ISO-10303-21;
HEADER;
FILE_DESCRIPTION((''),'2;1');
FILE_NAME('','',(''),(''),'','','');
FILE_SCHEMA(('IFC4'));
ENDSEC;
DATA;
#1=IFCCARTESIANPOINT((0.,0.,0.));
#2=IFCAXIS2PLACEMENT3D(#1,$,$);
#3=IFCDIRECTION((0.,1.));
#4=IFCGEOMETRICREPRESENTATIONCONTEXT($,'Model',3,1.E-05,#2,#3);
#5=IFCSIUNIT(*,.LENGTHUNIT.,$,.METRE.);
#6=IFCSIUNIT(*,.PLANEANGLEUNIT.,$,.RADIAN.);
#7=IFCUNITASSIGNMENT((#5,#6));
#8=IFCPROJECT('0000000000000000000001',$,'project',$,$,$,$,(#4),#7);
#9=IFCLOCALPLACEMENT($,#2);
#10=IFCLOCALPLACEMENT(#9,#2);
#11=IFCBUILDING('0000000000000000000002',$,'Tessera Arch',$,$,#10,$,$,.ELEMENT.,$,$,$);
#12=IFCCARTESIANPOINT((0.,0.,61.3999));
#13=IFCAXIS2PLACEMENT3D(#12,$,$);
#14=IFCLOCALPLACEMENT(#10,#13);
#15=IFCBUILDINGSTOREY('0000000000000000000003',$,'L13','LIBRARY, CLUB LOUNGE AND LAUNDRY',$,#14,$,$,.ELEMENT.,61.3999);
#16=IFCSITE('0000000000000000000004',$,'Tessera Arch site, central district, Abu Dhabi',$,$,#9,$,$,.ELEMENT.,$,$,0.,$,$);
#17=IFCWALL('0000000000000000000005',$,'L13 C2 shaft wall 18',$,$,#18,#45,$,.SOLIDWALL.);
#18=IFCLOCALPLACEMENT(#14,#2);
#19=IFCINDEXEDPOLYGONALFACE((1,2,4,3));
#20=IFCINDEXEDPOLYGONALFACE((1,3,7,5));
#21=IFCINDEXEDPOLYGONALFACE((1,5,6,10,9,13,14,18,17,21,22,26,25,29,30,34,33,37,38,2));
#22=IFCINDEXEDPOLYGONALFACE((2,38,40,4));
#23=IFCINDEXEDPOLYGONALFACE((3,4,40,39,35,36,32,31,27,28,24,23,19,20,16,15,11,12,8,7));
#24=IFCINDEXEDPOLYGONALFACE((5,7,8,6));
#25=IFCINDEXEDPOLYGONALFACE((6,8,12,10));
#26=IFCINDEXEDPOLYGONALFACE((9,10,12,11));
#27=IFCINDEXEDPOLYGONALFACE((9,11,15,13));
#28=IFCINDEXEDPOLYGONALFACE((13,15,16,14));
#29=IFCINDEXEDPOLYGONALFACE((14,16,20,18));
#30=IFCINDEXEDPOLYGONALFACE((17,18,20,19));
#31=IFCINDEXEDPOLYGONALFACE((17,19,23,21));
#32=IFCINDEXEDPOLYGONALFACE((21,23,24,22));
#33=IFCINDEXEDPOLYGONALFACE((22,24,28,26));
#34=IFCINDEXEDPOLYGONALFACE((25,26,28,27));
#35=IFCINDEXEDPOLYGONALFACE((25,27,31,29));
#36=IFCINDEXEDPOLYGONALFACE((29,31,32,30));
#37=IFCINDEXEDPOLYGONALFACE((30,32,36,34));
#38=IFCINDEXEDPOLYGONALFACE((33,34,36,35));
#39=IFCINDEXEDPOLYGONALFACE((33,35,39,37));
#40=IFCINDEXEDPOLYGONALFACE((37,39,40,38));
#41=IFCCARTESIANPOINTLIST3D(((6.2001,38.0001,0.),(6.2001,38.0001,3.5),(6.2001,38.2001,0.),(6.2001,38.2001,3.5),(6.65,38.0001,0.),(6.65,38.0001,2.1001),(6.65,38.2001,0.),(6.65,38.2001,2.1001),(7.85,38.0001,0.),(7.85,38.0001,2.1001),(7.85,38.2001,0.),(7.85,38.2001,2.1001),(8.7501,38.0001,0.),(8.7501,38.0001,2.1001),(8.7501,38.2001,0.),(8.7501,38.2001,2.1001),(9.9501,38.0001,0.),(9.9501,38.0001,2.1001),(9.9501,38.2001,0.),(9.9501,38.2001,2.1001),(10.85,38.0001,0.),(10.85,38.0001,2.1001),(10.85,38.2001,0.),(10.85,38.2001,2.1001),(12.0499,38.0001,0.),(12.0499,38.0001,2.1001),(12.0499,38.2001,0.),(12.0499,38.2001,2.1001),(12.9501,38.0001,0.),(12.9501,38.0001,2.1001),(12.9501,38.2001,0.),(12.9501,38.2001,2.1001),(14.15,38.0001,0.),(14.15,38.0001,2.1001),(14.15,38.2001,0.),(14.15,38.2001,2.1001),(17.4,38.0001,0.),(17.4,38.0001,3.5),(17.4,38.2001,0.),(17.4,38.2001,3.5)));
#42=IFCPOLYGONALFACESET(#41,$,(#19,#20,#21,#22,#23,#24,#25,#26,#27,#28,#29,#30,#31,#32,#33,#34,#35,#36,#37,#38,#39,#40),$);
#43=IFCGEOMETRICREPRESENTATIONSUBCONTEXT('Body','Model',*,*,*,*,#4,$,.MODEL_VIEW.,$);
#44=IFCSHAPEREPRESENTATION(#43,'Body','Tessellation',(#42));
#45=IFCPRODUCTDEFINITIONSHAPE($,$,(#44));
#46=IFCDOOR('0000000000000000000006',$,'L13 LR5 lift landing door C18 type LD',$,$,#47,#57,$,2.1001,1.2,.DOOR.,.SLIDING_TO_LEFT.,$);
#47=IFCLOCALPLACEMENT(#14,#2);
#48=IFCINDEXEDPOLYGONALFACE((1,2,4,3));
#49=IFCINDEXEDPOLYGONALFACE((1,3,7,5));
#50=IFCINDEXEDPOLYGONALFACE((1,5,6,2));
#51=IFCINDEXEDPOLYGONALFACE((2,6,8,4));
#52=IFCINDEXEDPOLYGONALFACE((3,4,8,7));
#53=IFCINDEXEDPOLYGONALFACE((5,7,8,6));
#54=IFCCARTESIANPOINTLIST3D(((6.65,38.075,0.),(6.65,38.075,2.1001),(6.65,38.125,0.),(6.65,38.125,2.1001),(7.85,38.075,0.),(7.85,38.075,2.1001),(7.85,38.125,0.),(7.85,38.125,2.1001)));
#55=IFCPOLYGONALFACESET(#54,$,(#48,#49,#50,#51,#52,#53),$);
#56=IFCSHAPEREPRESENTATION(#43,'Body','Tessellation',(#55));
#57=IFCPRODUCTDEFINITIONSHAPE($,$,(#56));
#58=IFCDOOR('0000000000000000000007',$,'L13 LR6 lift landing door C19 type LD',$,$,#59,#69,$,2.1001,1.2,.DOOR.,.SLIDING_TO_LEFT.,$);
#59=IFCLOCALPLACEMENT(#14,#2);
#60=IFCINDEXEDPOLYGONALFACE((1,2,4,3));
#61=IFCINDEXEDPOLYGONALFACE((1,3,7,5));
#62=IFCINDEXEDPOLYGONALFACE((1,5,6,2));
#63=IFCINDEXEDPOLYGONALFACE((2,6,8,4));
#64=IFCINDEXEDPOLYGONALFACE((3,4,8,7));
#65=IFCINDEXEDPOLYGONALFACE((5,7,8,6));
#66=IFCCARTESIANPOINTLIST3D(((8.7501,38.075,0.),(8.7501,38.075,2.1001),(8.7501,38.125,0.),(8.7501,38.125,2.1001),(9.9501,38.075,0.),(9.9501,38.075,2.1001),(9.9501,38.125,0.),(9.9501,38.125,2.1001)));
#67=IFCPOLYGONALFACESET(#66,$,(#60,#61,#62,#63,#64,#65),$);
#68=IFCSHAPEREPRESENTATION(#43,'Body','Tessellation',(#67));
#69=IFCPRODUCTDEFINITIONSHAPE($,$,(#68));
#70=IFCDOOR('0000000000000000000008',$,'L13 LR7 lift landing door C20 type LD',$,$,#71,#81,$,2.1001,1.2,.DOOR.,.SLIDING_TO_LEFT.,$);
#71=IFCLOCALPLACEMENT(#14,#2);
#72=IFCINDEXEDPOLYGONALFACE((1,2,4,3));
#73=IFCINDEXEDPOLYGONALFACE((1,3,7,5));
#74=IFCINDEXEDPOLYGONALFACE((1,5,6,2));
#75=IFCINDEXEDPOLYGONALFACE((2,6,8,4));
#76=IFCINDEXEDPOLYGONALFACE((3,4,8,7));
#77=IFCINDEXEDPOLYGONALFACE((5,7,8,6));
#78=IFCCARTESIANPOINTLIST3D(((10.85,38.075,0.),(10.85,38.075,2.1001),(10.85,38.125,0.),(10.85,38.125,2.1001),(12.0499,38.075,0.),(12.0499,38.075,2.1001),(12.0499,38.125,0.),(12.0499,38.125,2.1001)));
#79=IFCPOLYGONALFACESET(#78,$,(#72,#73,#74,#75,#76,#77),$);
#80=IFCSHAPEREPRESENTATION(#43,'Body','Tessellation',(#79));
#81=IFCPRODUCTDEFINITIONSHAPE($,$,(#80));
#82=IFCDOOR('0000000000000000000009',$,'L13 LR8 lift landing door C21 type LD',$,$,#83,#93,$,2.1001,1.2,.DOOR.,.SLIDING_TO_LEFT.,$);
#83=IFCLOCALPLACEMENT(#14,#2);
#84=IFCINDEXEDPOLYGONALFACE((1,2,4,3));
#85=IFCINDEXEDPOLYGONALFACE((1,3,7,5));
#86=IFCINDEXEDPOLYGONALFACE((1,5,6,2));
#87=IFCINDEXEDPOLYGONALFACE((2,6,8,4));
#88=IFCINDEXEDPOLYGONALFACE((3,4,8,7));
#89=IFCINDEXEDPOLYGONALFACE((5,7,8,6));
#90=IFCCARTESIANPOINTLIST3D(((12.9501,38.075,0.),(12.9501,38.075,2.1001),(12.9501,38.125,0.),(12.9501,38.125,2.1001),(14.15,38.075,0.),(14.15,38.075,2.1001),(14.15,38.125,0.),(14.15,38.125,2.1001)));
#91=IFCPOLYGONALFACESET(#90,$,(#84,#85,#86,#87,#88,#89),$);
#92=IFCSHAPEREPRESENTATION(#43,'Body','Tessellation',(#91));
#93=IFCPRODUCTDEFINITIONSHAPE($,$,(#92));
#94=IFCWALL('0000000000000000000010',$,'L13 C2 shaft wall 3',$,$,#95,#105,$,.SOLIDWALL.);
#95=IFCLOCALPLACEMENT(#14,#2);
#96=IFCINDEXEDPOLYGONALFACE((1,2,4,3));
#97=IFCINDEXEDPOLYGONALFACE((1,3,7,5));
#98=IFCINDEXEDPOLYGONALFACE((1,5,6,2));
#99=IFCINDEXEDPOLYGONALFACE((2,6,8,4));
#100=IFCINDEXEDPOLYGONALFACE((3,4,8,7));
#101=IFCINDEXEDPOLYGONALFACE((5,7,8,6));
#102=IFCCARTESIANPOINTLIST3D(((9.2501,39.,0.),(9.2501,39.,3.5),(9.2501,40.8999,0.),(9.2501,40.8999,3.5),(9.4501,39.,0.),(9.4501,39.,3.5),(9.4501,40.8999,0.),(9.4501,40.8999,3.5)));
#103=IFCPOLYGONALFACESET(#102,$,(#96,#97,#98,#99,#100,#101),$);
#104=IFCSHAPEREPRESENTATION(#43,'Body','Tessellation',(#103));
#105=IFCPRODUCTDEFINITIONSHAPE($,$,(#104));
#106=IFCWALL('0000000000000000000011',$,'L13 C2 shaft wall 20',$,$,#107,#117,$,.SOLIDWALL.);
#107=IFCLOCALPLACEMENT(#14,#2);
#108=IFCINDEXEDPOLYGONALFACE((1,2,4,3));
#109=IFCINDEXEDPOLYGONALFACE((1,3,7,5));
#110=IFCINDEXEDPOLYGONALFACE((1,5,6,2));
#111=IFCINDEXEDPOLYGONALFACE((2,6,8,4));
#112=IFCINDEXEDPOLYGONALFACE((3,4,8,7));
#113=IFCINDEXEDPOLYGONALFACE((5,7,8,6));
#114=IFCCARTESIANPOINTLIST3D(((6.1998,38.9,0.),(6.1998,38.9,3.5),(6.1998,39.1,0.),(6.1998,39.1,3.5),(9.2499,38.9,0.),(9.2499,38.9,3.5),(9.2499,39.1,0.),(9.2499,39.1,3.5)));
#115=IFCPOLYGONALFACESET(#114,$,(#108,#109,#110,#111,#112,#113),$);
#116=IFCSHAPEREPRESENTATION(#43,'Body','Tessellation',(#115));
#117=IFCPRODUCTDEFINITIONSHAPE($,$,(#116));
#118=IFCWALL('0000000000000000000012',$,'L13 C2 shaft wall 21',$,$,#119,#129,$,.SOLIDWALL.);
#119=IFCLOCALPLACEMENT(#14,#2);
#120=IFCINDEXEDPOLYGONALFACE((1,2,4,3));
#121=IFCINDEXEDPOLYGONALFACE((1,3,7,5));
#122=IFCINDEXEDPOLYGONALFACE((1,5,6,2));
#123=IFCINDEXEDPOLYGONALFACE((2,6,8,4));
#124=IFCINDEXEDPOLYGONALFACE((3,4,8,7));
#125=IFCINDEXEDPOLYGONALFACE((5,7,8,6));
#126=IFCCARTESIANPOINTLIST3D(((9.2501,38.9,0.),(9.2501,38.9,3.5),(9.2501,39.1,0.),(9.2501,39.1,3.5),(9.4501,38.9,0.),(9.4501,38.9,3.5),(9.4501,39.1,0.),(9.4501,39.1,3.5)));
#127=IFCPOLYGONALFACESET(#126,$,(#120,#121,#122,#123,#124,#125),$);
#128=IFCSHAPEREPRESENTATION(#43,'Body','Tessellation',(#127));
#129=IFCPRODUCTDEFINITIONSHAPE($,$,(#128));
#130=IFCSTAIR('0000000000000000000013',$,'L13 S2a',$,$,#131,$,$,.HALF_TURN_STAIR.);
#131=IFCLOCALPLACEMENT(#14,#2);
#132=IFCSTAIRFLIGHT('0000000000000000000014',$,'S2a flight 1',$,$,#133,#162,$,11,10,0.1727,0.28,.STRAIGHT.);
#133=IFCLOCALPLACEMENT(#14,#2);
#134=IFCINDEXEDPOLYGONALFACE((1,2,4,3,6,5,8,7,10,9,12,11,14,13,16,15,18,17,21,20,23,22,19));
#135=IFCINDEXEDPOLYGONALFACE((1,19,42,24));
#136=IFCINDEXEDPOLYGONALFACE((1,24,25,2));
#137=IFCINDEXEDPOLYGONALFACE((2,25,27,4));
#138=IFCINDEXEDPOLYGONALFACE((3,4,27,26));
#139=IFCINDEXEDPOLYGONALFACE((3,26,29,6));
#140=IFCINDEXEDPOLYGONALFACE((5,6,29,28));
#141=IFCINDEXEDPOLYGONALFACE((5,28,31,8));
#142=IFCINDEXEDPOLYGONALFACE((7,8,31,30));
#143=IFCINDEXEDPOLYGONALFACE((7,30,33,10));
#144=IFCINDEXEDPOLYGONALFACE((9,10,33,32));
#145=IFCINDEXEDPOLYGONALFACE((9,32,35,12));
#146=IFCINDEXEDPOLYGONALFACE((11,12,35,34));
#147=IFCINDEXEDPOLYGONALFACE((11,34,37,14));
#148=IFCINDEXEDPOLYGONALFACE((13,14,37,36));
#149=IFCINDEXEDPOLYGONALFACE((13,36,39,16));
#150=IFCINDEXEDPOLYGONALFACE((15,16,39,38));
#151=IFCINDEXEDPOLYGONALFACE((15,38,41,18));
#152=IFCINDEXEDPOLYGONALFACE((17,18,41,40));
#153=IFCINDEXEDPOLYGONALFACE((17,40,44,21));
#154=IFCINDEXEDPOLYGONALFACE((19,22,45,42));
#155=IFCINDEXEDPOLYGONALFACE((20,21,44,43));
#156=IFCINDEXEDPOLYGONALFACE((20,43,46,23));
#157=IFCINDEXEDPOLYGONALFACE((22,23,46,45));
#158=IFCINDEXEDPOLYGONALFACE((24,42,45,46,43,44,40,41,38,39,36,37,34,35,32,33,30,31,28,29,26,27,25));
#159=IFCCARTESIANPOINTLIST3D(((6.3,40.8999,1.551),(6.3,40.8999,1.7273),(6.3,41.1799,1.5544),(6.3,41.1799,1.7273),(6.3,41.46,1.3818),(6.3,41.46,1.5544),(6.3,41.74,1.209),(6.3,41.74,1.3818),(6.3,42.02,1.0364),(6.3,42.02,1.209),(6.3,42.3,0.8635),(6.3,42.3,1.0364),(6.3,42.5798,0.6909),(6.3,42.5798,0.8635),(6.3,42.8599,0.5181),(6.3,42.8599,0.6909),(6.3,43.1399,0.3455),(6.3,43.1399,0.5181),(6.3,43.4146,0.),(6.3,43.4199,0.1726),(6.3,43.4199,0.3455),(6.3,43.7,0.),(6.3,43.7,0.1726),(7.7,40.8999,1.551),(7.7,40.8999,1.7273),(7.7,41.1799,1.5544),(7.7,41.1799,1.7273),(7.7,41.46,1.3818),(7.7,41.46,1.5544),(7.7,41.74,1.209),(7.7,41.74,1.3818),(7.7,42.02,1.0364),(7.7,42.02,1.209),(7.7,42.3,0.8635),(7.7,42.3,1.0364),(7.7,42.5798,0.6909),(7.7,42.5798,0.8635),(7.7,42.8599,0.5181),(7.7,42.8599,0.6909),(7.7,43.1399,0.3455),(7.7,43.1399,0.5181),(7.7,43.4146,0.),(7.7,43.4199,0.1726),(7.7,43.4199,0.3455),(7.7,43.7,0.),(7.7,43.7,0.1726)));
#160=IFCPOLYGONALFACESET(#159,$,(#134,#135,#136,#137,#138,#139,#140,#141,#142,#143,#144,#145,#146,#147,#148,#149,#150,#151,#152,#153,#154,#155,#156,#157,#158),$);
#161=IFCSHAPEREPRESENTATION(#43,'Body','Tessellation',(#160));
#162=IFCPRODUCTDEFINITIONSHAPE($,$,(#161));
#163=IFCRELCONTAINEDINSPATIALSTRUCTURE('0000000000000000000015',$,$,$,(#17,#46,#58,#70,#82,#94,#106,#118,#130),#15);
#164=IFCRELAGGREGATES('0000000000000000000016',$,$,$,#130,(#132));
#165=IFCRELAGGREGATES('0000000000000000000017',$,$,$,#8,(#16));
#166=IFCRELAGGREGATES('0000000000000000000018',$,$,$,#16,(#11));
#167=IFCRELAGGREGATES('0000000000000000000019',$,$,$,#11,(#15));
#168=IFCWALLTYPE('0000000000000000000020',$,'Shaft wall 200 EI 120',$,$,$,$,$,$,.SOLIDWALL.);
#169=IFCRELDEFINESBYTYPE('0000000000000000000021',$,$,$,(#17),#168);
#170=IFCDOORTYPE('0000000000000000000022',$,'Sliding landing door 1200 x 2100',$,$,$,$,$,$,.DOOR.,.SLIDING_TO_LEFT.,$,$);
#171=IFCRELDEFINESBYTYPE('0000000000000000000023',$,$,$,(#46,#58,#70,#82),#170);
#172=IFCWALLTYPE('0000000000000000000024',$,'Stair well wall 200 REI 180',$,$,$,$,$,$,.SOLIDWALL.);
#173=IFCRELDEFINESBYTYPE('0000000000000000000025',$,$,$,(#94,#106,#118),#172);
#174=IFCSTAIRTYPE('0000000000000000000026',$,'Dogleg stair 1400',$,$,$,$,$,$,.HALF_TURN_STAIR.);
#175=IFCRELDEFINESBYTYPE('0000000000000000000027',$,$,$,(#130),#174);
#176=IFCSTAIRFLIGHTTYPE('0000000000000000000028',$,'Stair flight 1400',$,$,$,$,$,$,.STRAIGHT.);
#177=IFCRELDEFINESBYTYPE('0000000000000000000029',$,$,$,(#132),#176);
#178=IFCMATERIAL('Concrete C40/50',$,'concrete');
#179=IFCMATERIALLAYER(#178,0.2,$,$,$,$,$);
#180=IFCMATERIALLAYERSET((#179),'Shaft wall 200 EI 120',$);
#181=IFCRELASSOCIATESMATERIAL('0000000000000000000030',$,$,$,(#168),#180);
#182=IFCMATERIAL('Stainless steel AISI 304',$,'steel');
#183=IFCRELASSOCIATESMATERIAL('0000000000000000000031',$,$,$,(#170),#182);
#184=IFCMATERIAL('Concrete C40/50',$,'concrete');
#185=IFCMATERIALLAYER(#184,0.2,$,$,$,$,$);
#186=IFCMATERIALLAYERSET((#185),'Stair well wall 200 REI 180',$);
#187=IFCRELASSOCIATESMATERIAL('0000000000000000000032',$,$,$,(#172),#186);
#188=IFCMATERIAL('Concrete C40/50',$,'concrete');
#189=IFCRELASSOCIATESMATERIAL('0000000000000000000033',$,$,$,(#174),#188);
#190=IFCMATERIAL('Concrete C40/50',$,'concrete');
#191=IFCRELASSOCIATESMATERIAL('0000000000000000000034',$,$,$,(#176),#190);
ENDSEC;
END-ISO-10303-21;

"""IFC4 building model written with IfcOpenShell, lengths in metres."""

from ifc_helpers import new_model, si_unit, direction, frame, frame_2d, origin, place, context, subcontext, project, spatial, polyline, rectangle, outline, extrude, material, layer, layer_set, type_object, element, fill, aggregate, save


model = new_model("IFC4")

# Units and contexts
model_context = context("Model", 3, precision=1e-05, world=origin(), true_north=direction((0.0, 1.0)))
body_context = subcontext(model_context, "Body", "Model", "MODEL_VIEW")
ifc_project = project(units=[si_unit("LENGTHUNIT", "METRE"), si_unit("PLANEANGLEUNIT", "RADIAN")], contexts=[model_context])

# Site, building, storey
site_placement = place(None, origin())
site = spatial("IfcSite", under=ifc_project, at=site_placement, Name="Tessera Arch site, central district, Abu Dhabi", CompositionType="ELEMENT", RefElevation=0.0)
building_placement = place(site_placement, origin())
building = spatial("IfcBuilding", under=site, at=building_placement, Name="Tessera Arch", CompositionType="ELEMENT")
storey_placement = place(building_placement, frame((0.0, 0.0, 61.3999)))
storey = spatial("IfcBuildingStorey", under=building, at=storey_placement, Name="L13", Description="LIBRARY, CLUB LOUNGE AND LAUNDRY", CompositionType="ELEMENT", Elevation=61.3999)

# Wall, openings, doors
ifc_material_1 = material(Name="Concrete C40/50", Category="concrete")
ifc_layer_1 = layer(ifc_material_1, 0.2)
ifc_layer_set_1 = layer_set([ifc_layer_1], Name="Shaft wall 200 EI 120")
wall_type_1 = type_object("IfcWallType", Name="Shaft wall 200 EI 120", PredefinedType="SOLIDWALL", material=ifc_layer_set_1)
wall_1_placement = place(storey_placement, frame((6.2, 38.1001, 0.0), z_axis=(0.0, 0.0, 1.0), x_axis=(1.0, 0.0, 0.0)))
wall_1 = element("IfcWall", 1, at=wall_1_placement, inside=storey, type_object=wall_type_1, Name="L13 C2 shaft wall 18", PredefinedType="SOLIDWALL", context=body_context, shape_type="SweptSolid", body=[
    extrude(rectangle(XDim=11.2, YDim=0.2, at=frame_2d((5.6001, 0.0))), origin(), (0.0, 0.0, 1.0), 3.5),
])
opening_1_placement = place(wall_1_placement, frame((0.45, 0.0, 0.0)))
opening_1 = element("IfcOpeningElement", 2, at=opening_1_placement, cuts=wall_1, PredefinedType="OPENING", context=body_context, shape_type="SweptSolid", body=[
    extrude(rectangle(XDim=1.2, YDim=2.1001, at=frame_2d((0.6001, 1.05))), frame((0.0, 0.1099, 0.0), z_axis=(0.0, -1.0, 0.0), x_axis=(1.0, 0.0, 0.0)), (0.0, 0.0, 1.0), 0.22),
])
opening_2_placement = place(wall_1_placement, frame((2.55, 0.0, 0.0)))
opening_2 = element("IfcOpeningElement", 3, at=opening_2_placement, cuts=wall_1, PredefinedType="OPENING", context=body_context, shape_type="SweptSolid", body=[
    extrude(rectangle(XDim=1.2, YDim=2.1001, at=frame_2d((0.6001, 1.05))), frame((0.0, 0.1099, 0.0), z_axis=(0.0, -1.0, 0.0), x_axis=(1.0, 0.0, 0.0)), (0.0, 0.0, 1.0), 0.22),
])
opening_3_placement = place(wall_1_placement, frame((4.6499, 0.0, 0.0)))
opening_3 = element("IfcOpeningElement", 4, at=opening_3_placement, cuts=wall_1, PredefinedType="OPENING", context=body_context, shape_type="SweptSolid", body=[
    extrude(rectangle(XDim=1.2, YDim=2.1001, at=frame_2d((0.6001, 1.05))), frame((0.0, 0.1099, 0.0), z_axis=(0.0, -1.0, 0.0), x_axis=(1.0, 0.0, 0.0)), (0.0, 0.0, 1.0), 0.22),
])
opening_4_placement = place(wall_1_placement, frame((6.75, 0.0, 0.0)))
opening_4 = element("IfcOpeningElement", 5, at=opening_4_placement, cuts=wall_1, PredefinedType="OPENING", context=body_context, shape_type="SweptSolid", body=[
    extrude(rectangle(XDim=1.2, YDim=2.1001, at=frame_2d((0.6001, 1.05))), frame((0.0, 0.1099, 0.0), z_axis=(0.0, -1.0, 0.0), x_axis=(1.0, 0.0, 0.0)), (0.0, 0.0, 1.0), 0.22),
])
ifc_material_2 = material(Name="Stainless steel AISI 304", Category="steel")
door_type = type_object("IfcDoorType", Name="Sliding landing door 1200 x 2100", OperationType="SLIDING_TO_LEFT", PredefinedType="DOOR", material=ifc_material_2)
door_1_placement = place(opening_1_placement, origin())
door_1 = element("IfcDoor", 6, at=door_1_placement, inside=storey, type_object=door_type, Name="L13 LR5 lift landing door C18 type LD", OperationType="SLIDING_TO_LEFT", OverallHeight=2.1001, OverallWidth=1.2, PredefinedType="DOOR", context=body_context, shape_type="SweptSolid", body=[
    extrude(rectangle(XDim=1.2, YDim=2.1001, at=frame_2d((0.6001, 1.05))), frame((0.0, 0.0249, 0.0), z_axis=(0.0, -1.0, 0.0), x_axis=(1.0, 0.0, 0.0)), (0.0, 0.0, 1.0), 0.05),
])
fill(opening_1, door_1)
door_2_placement = place(opening_2_placement, origin())
door_2 = element("IfcDoor", 7, at=door_2_placement, inside=storey, type_object=door_type, Name="L13 LR6 lift landing door C19 type LD", OperationType="SLIDING_TO_LEFT", OverallHeight=2.1001, OverallWidth=1.2, PredefinedType="DOOR", context=body_context, shape_type="SweptSolid", body=[
    extrude(rectangle(XDim=1.2, YDim=2.1001, at=frame_2d((0.6001, 1.05))), frame((0.0, 0.0249, 0.0), z_axis=(0.0, -1.0, 0.0), x_axis=(1.0, 0.0, 0.0)), (0.0, 0.0, 1.0), 0.05),
])
fill(opening_2, door_2)
door_3_placement = place(opening_3_placement, origin())
door_3 = element("IfcDoor", 8, at=door_3_placement, inside=storey, type_object=door_type, Name="L13 LR7 lift landing door C20 type LD", OperationType="SLIDING_TO_LEFT", OverallHeight=2.1001, OverallWidth=1.2, PredefinedType="DOOR", context=body_context, shape_type="SweptSolid", body=[
    extrude(rectangle(XDim=1.2, YDim=2.1001, at=frame_2d((0.6001, 1.05))), frame((0.0, 0.0249, 0.0), z_axis=(0.0, -1.0, 0.0), x_axis=(1.0, 0.0, 0.0)), (0.0, 0.0, 1.0), 0.05),
])
fill(opening_3, door_3)
door_4_placement = place(opening_4_placement, origin())
door_4 = element("IfcDoor", 9, at=door_4_placement, inside=storey, type_object=door_type, Name="L13 LR8 lift landing door C21 type LD", OperationType="SLIDING_TO_LEFT", OverallHeight=2.1001, OverallWidth=1.2, PredefinedType="DOOR", context=body_context, shape_type="SweptSolid", body=[
    extrude(rectangle(XDim=1.2, YDim=2.1001, at=frame_2d((0.6001, 1.05))), frame((0.0, 0.0249, 0.0), z_axis=(0.0, -1.0, 0.0), x_axis=(1.0, 0.0, 0.0)), (0.0, 0.0, 1.0), 0.05),
])
fill(opening_4, door_4)

# Walls
ifc_material_3 = material(Name="Concrete C40/50", Category="concrete")
ifc_layer_2 = layer(ifc_material_3, 0.2)
ifc_layer_set_2 = layer_set([ifc_layer_2], Name="Stair well wall 200 REI 180")
wall_type_2 = type_object("IfcWallType", Name="Stair well wall 200 REI 180", PredefinedType="SOLIDWALL", material=ifc_layer_set_2)
wall_2_placement = place(storey_placement, frame((9.3501, 39.0, 0.0), z_axis=(0.0, 0.0, 1.0), x_axis=(0.0, 1.0, 0.0)))
element("IfcWall", 10, at=wall_2_placement, inside=storey, type_object=wall_type_2, Name="L13 C2 shaft wall 3", PredefinedType="SOLIDWALL", context=body_context, shape_type="SweptSolid", body=[
    extrude(rectangle(XDim=1.8999, YDim=0.2, at=frame_2d((0.95, 0.0))), origin(), (0.0, 0.0, 1.0), 3.5),
])
wall_3_placement = place(storey_placement, frame((6.2, 39.0, 0.0), z_axis=(0.0, 0.0, 1.0), x_axis=(1.0, 0.0, 0.0)))
element("IfcWall", 11, at=wall_3_placement, inside=storey, type_object=wall_type_2, Name="L13 C2 shaft wall 20", PredefinedType="SOLIDWALL", context=body_context, shape_type="SweptSolid", body=[
    extrude(rectangle(XDim=3.05, YDim=0.2, at=frame_2d((1.5249, 0.0))), origin(), (0.0, 0.0, 1.0), 3.5),
])
wall_4_placement = place(storey_placement, frame((9.25, 39.0, 0.0), z_axis=(0.0, 0.0, 1.0), x_axis=(1.0, 0.0, 0.0)))
element("IfcWall", 12, at=wall_4_placement, inside=storey, type_object=wall_type_2, Name="L13 C2 shaft wall 21", PredefinedType="SOLIDWALL", context=body_context, shape_type="SweptSolid", body=[
    extrude(rectangle(XDim=0.2, YDim=0.2, at=frame_2d((0.1001, 0.0))), origin(), (0.0, 0.0, 1.0), 3.5),
])

# Stair, stair flight
ifc_material_4 = material(Name="Concrete C40/50", Category="concrete")
stair_type = type_object("IfcStairType", Name="Dogleg stair 1400", PredefinedType="HALF_TURN_STAIR", material=ifc_material_4)
stair_placement = place(storey_placement, origin())
stair = element("IfcStair", 13, at=stair_placement, inside=storey, type_object=stair_type, Name="L13 S2a", PredefinedType="HALF_TURN_STAIR")
ifc_material_5 = material(Name="Concrete C40/50", Category="concrete")
stair_flight_type = type_object("IfcStairFlightType", Name="Stair flight 1400", PredefinedType="STRAIGHT", material=ifc_material_5)
stair_flight_1_placement = place(storey_placement, frame((7.0, 43.7, 0.0), z_axis=(0.0, 0.0, 1.0), x_axis=(0.0, -1.0, 0.0)))
stair_flight_1 = element("IfcStairFlight", 14, at=stair_flight_1_placement, type_object=stair_flight_type, Name="S2a flight 1", NumberOfRisers=11, NumberOfTreads=10, PredefinedType="STRAIGHT", RiserHeight=0.1727, TreadLength=0.28, context=body_context, shape_type="SweptSolid", body=[
    extrude(outline(polyline([(0.0, 0.0), (0.0, 0.1726), (0.28, 0.1726), (0.28, 0.3455), (0.5601, 0.3455), (0.5601, 0.5181), (0.8401, 0.5181), (0.8401, 0.6909), (1.1201, 0.6909), (1.1201, 0.8635), (1.3999, 0.8635), (1.3999, 1.0364), (1.6799, 1.0364), (1.6799, 1.209), (1.96, 1.209), (1.96, 1.3818), (2.24, 1.3818), (2.24, 1.5544), (2.52, 1.5544), (2.52, 1.7273), (2.8, 1.7273), (2.8, 1.8999), (2.8, 1.551), (0.2854, 0.0), (0.0, 0.0)])), frame((0.0, 0.7, 0.0), z_axis=(0.0, -1.0, 0.0), x_axis=(1.0, 0.0, 0.0)), (0.0, 0.0, 1.0), 1.3999),
])
aggregate(stair, [stair_flight_1])

save(model, "model.ifc")
